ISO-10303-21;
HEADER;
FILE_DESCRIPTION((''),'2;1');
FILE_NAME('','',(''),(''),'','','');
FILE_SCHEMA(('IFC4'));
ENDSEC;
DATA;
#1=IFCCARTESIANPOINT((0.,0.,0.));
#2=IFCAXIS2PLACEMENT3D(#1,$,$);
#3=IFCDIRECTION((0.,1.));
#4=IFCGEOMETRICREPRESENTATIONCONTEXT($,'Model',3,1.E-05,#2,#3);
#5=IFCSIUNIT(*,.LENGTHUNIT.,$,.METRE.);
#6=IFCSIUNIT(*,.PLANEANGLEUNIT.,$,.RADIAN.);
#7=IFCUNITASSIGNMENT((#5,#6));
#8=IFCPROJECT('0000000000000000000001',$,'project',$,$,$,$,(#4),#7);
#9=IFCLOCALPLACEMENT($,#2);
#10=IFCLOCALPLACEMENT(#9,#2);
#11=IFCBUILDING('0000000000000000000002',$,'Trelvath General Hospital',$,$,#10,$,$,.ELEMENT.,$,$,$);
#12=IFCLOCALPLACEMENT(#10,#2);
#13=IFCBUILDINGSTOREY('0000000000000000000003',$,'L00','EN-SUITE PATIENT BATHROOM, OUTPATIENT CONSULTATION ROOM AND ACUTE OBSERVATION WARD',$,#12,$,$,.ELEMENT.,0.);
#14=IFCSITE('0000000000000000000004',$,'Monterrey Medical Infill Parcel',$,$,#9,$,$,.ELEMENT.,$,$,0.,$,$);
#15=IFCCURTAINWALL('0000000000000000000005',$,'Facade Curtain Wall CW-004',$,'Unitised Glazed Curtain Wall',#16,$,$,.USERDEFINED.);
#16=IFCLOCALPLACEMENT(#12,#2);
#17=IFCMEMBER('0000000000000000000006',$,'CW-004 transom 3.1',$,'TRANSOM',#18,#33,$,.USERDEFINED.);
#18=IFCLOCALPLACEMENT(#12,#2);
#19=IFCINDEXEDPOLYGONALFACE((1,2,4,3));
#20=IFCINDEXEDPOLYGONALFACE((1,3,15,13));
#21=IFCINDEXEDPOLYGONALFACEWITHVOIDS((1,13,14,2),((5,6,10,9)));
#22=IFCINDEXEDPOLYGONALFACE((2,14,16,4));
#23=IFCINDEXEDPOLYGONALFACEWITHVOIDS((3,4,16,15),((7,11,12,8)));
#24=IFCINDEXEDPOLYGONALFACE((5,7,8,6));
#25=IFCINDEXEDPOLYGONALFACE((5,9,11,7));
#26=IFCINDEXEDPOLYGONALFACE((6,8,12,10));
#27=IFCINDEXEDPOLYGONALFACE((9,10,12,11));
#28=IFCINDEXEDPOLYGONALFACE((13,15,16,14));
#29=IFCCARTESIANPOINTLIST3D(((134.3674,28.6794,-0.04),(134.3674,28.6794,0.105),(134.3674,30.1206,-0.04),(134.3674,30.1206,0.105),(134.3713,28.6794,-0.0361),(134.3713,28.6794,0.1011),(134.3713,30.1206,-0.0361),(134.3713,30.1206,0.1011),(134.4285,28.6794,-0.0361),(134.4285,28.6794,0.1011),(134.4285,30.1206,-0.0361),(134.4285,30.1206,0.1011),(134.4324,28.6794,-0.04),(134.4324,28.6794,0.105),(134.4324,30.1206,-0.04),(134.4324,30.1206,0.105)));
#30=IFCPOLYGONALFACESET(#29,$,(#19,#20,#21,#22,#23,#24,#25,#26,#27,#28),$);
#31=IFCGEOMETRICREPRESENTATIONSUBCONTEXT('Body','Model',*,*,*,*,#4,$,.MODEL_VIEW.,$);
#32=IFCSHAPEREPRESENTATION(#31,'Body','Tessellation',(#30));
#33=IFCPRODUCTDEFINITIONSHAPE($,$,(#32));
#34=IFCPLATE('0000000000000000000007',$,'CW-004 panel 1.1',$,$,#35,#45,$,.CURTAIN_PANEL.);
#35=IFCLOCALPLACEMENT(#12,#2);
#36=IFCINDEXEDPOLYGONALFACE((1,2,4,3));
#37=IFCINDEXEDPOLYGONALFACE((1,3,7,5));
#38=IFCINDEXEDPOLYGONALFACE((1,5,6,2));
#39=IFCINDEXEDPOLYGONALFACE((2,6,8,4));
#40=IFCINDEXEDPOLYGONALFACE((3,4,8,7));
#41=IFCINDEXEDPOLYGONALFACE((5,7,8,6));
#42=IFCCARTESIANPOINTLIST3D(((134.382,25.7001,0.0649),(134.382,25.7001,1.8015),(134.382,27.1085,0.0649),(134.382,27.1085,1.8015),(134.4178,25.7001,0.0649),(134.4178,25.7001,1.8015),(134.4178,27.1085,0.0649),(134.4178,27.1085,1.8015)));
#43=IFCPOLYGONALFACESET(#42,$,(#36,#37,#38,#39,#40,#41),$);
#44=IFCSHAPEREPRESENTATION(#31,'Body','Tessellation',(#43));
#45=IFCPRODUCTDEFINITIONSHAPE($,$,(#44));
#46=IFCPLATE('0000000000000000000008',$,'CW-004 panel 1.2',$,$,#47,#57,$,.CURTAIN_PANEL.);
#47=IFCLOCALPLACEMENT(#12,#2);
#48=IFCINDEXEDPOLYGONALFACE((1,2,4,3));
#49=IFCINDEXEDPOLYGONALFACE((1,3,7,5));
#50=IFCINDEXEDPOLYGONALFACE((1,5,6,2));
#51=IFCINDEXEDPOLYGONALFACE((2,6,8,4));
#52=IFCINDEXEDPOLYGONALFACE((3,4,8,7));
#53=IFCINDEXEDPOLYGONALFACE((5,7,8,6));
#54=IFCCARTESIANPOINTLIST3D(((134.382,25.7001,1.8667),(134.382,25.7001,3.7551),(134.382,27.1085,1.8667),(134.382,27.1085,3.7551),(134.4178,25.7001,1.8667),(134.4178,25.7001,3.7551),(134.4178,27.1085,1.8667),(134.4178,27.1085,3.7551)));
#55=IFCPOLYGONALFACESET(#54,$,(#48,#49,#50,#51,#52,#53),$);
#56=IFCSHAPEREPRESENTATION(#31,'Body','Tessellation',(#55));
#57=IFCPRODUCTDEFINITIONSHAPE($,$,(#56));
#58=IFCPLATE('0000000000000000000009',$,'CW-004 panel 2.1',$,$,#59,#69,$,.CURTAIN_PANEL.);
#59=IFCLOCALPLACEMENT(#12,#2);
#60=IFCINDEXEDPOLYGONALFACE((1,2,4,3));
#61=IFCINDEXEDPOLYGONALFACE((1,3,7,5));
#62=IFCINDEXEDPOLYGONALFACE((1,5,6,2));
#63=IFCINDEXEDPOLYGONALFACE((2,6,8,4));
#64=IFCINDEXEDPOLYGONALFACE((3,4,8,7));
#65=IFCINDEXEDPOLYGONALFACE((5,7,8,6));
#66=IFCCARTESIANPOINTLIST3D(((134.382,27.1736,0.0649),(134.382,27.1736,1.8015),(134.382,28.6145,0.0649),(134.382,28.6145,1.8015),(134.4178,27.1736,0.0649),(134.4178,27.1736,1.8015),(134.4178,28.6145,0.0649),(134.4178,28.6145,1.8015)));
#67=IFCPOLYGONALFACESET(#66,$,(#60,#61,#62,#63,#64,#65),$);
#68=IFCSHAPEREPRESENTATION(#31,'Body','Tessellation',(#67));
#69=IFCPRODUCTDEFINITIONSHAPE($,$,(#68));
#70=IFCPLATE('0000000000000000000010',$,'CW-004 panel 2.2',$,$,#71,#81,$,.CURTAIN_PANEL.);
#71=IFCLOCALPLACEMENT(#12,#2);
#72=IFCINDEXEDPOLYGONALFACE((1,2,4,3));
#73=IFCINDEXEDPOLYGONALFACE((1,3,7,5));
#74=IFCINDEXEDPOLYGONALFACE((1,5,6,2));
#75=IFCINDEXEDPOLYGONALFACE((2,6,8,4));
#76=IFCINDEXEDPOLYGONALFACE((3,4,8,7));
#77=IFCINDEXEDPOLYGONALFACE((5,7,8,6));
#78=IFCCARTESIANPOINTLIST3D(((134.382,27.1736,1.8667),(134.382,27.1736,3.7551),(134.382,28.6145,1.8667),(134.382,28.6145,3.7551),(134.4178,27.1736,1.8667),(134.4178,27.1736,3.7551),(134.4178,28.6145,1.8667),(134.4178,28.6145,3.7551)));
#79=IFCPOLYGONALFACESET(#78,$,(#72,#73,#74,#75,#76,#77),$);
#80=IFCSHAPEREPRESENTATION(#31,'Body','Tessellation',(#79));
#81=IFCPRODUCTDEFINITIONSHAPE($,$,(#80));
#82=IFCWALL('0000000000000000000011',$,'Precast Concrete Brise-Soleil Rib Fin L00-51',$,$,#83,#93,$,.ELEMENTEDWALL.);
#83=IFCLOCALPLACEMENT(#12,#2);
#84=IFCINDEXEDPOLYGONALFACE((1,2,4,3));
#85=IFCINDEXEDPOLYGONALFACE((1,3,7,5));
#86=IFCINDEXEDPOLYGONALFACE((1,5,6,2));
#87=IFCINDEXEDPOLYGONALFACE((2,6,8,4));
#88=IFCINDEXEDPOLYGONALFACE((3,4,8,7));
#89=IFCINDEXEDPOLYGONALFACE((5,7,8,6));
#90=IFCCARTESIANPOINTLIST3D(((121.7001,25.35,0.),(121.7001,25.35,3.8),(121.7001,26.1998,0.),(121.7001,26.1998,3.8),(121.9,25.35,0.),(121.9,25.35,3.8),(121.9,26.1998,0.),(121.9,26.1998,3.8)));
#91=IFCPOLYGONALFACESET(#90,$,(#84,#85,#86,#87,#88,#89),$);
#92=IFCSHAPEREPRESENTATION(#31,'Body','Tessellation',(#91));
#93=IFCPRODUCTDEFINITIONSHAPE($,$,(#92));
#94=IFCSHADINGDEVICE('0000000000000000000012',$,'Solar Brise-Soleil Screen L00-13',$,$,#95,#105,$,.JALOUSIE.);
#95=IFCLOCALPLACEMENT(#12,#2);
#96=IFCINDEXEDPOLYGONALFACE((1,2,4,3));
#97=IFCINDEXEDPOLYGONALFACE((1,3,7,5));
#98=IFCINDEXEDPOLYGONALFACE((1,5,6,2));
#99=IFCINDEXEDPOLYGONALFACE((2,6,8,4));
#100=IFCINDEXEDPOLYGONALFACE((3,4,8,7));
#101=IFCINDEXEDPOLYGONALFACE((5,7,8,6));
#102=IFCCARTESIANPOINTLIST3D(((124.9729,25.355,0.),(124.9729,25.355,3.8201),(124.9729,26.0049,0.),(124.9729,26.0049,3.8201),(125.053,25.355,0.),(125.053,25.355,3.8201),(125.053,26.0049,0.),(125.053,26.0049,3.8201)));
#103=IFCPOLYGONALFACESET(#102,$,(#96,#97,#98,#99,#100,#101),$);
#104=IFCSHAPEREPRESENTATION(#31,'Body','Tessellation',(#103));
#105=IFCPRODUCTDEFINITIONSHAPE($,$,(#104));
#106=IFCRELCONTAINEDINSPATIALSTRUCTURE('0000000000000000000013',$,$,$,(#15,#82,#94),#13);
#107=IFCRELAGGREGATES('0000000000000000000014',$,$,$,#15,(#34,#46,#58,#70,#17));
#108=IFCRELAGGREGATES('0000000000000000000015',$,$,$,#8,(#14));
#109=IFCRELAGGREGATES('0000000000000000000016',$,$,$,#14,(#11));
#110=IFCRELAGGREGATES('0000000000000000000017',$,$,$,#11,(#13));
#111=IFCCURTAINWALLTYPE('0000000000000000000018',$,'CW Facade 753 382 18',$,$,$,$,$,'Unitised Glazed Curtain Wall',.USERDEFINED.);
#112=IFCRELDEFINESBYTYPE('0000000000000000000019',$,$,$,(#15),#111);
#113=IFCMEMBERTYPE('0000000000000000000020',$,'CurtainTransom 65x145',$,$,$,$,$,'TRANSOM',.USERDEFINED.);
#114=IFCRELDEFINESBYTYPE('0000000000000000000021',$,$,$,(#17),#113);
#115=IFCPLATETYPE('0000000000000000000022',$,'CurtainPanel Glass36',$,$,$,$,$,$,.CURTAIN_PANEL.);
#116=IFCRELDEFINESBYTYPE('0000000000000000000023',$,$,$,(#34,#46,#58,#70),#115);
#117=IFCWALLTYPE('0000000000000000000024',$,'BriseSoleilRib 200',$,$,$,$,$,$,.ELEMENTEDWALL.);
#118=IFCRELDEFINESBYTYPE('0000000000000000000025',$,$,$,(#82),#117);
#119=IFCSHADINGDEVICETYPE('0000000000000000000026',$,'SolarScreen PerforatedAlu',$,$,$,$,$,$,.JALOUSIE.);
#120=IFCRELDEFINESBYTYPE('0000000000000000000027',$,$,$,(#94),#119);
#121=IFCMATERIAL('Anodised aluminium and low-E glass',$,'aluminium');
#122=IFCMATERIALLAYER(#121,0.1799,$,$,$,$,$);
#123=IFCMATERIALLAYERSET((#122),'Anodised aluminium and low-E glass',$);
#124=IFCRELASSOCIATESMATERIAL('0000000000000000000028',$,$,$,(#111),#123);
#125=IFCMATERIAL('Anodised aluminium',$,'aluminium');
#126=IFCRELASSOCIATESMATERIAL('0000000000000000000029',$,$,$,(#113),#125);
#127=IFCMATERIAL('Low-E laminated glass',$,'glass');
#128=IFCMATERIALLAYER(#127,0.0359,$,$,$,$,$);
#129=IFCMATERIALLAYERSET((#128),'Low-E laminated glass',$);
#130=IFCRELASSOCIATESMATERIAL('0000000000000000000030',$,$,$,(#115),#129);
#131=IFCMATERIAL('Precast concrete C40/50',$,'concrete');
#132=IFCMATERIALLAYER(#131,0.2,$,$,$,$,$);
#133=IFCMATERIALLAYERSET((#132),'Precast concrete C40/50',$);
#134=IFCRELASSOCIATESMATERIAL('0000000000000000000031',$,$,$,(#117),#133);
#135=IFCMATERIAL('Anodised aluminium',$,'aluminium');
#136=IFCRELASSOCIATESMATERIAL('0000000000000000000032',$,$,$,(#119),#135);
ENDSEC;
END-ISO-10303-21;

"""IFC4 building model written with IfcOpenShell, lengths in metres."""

from ifc_helpers import new_model, si_unit, direction, frame, frame_2d, origin, origin_2d, place, context, subcontext, project, spatial, rectangle, hollow_rectangle, extrude, material, layer, layer_set, material_profile, profile_set, type_object, element, aggregate, save


model = new_model("IFC4")

# Units and contexts
model_context = context("Model", 3, precision=1e-05, world=origin(), true_north=direction((0.0, 1.0)))
body_context = subcontext(model_context, "Body", "Model", "MODEL_VIEW")
ifc_project = project(units=[si_unit("LENGTHUNIT", "METRE"), si_unit("PLANEANGLEUNIT", "RADIAN")], contexts=[model_context])

# Site, building, storey
site_placement = place(None, origin())
site = spatial("IfcSite", under=ifc_project, at=site_placement, Name="Monterrey Medical Infill Parcel", CompositionType="ELEMENT", RefElevation=0.0)
building_placement = place(site_placement, origin())
building = spatial("IfcBuilding", under=site, at=building_placement, Name="Trelvath General Hospital", CompositionType="ELEMENT")
storey_placement = place(building_placement, origin())
storey = spatial("IfcBuildingStorey", under=building, at=storey_placement, Name="L00", Description="EN-SUITE PATIENT BATHROOM, OUTPATIENT CONSULTATION ROOM AND ACUTE OBSERVATION WARD", CompositionType="ELEMENT", Elevation=0.0)

# Curtain wall, member, plates
ifc_material_1 = material(Name="Anodised aluminium and low-E glass", Category="aluminium")
ifc_layer_1 = layer(ifc_material_1, 0.1799)
ifc_layer_set_1 = layer_set([ifc_layer_1], Name="Anodised aluminium and low-E glass")
curtain_wall_type = type_object("IfcCurtainWallType", Name="CW Facade 753 382 18", ElementType="Unitised Glazed Curtain Wall", PredefinedType="USERDEFINED", material=ifc_layer_set_1)
curtain_wall_placement = place(storey_placement, origin())
curtain_wall = element("IfcCurtainWall", 1, at=curtain_wall_placement, inside=storey, type_object=curtain_wall_type, Name="Facade Curtain Wall CW-004", ObjectType="Unitised Glazed Curtain Wall", PredefinedType="USERDEFINED")
ifc_material_2 = material(Name="Anodised aluminium", Category="aluminium")
ifc_material_profile_1 = material_profile(ifc_material_2, hollow_rectangle(XDim=0.0649, YDim=0.145, WallThickness=0.0039, at=origin_2d()), Name="RHS65x145x4")
ifc_profile_set_1 = profile_set([ifc_material_profile_1], Name="Anodised aluminium")
member_type_1 = type_object("IfcMemberType", Name="CurtainTransom 65x145", ElementType="TRANSOM", PredefinedType="USERDEFINED", material=ifc_profile_set_1)
member_1_placement = place(storey_placement, frame((134.3999, 28.6794, 0.0325), z_axis=(0.0, 1.0, 0.0), x_axis=(-1.0, 0.0, 0.0)))
member_1 = element("IfcMember", 2, at=member_1_placement, type_object=member_type_1, Name="CW-004 transom 3.1", ObjectType="TRANSOM", PredefinedType="USERDEFINED", context=body_context, shape_type="SweptSolid", body=[
    extrude(hollow_rectangle(XDim=0.0649, YDim=0.145, WallThickness=0.0039, at=origin_2d()), origin(), (0.0, 0.0, 1.0), 1.4412),
])
ifc_material_3 = material(Name="Low-E laminated glass", Category="glass")
ifc_layer_2 = layer(ifc_material_3, 0.0359)
ifc_layer_set_2 = layer_set([ifc_layer_2], Name="Low-E laminated glass")
plate_type = type_object("IfcPlateType", Name="CurtainPanel Glass36", PredefinedType="CURTAIN_PANEL", material=ifc_layer_set_2)
plate_1_placement = place(storey_placement, frame((134.3999, 26.4043, 0.0649), z_axis=(0.0, 0.0, 1.0), x_axis=(0.0, 1.0, 0.0)))
plate_1 = element("IfcPlate", 3, at=plate_1_placement, type_object=plate_type, Name="CW-004 panel 1.1", PredefinedType="CURTAIN_PANEL", context=body_context, shape_type="SweptSolid", body=[
    extrude(rectangle(XDim=1.4084, YDim=0.0359, at=origin_2d()), origin(), (0.0, 0.0, 1.0), 1.7366),
])
plate_2_placement = place(storey_placement, frame((134.3999, 26.4043, 1.8667), z_axis=(0.0, 0.0, 1.0), x_axis=(0.0, 1.0, 0.0)))
plate_2 = element("IfcPlate", 4, at=plate_2_placement, type_object=plate_type, Name="CW-004 panel 1.2", PredefinedType="CURTAIN_PANEL", context=body_context, shape_type="SweptSolid", body=[
    extrude(rectangle(XDim=1.4084, YDim=0.0359, at=origin_2d()), origin(), (0.0, 0.0, 1.0), 1.8884),
])
plate_3_placement = place(storey_placement, frame((134.3999, 27.894, 0.0649), z_axis=(0.0, 0.0, 1.0), x_axis=(0.0, 1.0, 0.0)))
plate_3 = element("IfcPlate", 5, at=plate_3_placement, type_object=plate_type, Name="CW-004 panel 2.1", PredefinedType="CURTAIN_PANEL", context=body_context, shape_type="SweptSolid", body=[
    extrude(rectangle(XDim=1.4409, YDim=0.0359, at=origin_2d()), origin(), (0.0, 0.0, 1.0), 1.7366),
])
plate_4_placement = place(storey_placement, frame((134.3999, 27.894, 1.8667), z_axis=(0.0, 0.0, 1.0), x_axis=(0.0, 1.0, 0.0)))
plate_4 = element("IfcPlate", 6, at=plate_4_placement, type_object=plate_type, Name="CW-004 panel 2.2", PredefinedType="CURTAIN_PANEL", context=body_context, shape_type="SweptSolid", body=[
    extrude(rectangle(XDim=1.4409, YDim=0.0359, at=origin_2d()), origin(), (0.0, 0.0, 1.0), 1.8884),
])
aggregate(curtain_wall, [plate_1, plate_2, plate_3, plate_4, member_1])

# Wall
ifc_material_4 = material(Name="Precast concrete C40/50", Category="concrete")
ifc_layer_3 = layer(ifc_material_4, 0.2)
ifc_layer_set_3 = layer_set([ifc_layer_3], Name="Precast concrete C40/50")
wall_type = type_object("IfcWallType", Name="BriseSoleilRib 200", PredefinedType="ELEMENTEDWALL", material=ifc_layer_set_3)
wall_placement = place(storey_placement, frame((121.8, 25.3501, 0.0), z_axis=(0.0, 0.0, 1.0), x_axis=(0.0, 1.0, 0.0)))
element("IfcWall", 7, at=wall_placement, inside=storey, type_object=wall_type, Name="Precast Concrete Brise-Soleil Rib Fin L00-51", PredefinedType="ELEMENTEDWALL", context=body_context, shape_type="SweptSolid", body=[
    extrude(rectangle(XDim=0.8499, YDim=0.2, at=frame_2d((0.4248, 0.0))), origin(), (0.0, 0.0, 1.0), 3.8),
])

# Shading device
ifc_material_5 = material(Name="Anodised aluminium", Category="aluminium")
shading_device_type = type_object("IfcShadingDeviceType", Name="SolarScreen PerforatedAlu", PredefinedType="JALOUSIE", material=ifc_material_5)
shading_device_placement = place(storey_placement, frame((125.0129, 25.6799, 0.0), z_axis=(0.0, 0.0, 1.0), x_axis=(0.0, 1.0, 0.0)))
element("IfcShadingDevice", 8, at=shading_device_placement, inside=storey, type_object=shading_device_type, Name="Solar Brise-Soleil Screen L00-13", PredefinedType="JALOUSIE", context=body_context, shape_type="SweptSolid", body=[
    extrude(rectangle(XDim=0.6499, YDim=0.0801, at=origin_2d()), origin(), (0.0, 0.0, 1.0), 3.8201),
])

save(model, "model.ifc")
